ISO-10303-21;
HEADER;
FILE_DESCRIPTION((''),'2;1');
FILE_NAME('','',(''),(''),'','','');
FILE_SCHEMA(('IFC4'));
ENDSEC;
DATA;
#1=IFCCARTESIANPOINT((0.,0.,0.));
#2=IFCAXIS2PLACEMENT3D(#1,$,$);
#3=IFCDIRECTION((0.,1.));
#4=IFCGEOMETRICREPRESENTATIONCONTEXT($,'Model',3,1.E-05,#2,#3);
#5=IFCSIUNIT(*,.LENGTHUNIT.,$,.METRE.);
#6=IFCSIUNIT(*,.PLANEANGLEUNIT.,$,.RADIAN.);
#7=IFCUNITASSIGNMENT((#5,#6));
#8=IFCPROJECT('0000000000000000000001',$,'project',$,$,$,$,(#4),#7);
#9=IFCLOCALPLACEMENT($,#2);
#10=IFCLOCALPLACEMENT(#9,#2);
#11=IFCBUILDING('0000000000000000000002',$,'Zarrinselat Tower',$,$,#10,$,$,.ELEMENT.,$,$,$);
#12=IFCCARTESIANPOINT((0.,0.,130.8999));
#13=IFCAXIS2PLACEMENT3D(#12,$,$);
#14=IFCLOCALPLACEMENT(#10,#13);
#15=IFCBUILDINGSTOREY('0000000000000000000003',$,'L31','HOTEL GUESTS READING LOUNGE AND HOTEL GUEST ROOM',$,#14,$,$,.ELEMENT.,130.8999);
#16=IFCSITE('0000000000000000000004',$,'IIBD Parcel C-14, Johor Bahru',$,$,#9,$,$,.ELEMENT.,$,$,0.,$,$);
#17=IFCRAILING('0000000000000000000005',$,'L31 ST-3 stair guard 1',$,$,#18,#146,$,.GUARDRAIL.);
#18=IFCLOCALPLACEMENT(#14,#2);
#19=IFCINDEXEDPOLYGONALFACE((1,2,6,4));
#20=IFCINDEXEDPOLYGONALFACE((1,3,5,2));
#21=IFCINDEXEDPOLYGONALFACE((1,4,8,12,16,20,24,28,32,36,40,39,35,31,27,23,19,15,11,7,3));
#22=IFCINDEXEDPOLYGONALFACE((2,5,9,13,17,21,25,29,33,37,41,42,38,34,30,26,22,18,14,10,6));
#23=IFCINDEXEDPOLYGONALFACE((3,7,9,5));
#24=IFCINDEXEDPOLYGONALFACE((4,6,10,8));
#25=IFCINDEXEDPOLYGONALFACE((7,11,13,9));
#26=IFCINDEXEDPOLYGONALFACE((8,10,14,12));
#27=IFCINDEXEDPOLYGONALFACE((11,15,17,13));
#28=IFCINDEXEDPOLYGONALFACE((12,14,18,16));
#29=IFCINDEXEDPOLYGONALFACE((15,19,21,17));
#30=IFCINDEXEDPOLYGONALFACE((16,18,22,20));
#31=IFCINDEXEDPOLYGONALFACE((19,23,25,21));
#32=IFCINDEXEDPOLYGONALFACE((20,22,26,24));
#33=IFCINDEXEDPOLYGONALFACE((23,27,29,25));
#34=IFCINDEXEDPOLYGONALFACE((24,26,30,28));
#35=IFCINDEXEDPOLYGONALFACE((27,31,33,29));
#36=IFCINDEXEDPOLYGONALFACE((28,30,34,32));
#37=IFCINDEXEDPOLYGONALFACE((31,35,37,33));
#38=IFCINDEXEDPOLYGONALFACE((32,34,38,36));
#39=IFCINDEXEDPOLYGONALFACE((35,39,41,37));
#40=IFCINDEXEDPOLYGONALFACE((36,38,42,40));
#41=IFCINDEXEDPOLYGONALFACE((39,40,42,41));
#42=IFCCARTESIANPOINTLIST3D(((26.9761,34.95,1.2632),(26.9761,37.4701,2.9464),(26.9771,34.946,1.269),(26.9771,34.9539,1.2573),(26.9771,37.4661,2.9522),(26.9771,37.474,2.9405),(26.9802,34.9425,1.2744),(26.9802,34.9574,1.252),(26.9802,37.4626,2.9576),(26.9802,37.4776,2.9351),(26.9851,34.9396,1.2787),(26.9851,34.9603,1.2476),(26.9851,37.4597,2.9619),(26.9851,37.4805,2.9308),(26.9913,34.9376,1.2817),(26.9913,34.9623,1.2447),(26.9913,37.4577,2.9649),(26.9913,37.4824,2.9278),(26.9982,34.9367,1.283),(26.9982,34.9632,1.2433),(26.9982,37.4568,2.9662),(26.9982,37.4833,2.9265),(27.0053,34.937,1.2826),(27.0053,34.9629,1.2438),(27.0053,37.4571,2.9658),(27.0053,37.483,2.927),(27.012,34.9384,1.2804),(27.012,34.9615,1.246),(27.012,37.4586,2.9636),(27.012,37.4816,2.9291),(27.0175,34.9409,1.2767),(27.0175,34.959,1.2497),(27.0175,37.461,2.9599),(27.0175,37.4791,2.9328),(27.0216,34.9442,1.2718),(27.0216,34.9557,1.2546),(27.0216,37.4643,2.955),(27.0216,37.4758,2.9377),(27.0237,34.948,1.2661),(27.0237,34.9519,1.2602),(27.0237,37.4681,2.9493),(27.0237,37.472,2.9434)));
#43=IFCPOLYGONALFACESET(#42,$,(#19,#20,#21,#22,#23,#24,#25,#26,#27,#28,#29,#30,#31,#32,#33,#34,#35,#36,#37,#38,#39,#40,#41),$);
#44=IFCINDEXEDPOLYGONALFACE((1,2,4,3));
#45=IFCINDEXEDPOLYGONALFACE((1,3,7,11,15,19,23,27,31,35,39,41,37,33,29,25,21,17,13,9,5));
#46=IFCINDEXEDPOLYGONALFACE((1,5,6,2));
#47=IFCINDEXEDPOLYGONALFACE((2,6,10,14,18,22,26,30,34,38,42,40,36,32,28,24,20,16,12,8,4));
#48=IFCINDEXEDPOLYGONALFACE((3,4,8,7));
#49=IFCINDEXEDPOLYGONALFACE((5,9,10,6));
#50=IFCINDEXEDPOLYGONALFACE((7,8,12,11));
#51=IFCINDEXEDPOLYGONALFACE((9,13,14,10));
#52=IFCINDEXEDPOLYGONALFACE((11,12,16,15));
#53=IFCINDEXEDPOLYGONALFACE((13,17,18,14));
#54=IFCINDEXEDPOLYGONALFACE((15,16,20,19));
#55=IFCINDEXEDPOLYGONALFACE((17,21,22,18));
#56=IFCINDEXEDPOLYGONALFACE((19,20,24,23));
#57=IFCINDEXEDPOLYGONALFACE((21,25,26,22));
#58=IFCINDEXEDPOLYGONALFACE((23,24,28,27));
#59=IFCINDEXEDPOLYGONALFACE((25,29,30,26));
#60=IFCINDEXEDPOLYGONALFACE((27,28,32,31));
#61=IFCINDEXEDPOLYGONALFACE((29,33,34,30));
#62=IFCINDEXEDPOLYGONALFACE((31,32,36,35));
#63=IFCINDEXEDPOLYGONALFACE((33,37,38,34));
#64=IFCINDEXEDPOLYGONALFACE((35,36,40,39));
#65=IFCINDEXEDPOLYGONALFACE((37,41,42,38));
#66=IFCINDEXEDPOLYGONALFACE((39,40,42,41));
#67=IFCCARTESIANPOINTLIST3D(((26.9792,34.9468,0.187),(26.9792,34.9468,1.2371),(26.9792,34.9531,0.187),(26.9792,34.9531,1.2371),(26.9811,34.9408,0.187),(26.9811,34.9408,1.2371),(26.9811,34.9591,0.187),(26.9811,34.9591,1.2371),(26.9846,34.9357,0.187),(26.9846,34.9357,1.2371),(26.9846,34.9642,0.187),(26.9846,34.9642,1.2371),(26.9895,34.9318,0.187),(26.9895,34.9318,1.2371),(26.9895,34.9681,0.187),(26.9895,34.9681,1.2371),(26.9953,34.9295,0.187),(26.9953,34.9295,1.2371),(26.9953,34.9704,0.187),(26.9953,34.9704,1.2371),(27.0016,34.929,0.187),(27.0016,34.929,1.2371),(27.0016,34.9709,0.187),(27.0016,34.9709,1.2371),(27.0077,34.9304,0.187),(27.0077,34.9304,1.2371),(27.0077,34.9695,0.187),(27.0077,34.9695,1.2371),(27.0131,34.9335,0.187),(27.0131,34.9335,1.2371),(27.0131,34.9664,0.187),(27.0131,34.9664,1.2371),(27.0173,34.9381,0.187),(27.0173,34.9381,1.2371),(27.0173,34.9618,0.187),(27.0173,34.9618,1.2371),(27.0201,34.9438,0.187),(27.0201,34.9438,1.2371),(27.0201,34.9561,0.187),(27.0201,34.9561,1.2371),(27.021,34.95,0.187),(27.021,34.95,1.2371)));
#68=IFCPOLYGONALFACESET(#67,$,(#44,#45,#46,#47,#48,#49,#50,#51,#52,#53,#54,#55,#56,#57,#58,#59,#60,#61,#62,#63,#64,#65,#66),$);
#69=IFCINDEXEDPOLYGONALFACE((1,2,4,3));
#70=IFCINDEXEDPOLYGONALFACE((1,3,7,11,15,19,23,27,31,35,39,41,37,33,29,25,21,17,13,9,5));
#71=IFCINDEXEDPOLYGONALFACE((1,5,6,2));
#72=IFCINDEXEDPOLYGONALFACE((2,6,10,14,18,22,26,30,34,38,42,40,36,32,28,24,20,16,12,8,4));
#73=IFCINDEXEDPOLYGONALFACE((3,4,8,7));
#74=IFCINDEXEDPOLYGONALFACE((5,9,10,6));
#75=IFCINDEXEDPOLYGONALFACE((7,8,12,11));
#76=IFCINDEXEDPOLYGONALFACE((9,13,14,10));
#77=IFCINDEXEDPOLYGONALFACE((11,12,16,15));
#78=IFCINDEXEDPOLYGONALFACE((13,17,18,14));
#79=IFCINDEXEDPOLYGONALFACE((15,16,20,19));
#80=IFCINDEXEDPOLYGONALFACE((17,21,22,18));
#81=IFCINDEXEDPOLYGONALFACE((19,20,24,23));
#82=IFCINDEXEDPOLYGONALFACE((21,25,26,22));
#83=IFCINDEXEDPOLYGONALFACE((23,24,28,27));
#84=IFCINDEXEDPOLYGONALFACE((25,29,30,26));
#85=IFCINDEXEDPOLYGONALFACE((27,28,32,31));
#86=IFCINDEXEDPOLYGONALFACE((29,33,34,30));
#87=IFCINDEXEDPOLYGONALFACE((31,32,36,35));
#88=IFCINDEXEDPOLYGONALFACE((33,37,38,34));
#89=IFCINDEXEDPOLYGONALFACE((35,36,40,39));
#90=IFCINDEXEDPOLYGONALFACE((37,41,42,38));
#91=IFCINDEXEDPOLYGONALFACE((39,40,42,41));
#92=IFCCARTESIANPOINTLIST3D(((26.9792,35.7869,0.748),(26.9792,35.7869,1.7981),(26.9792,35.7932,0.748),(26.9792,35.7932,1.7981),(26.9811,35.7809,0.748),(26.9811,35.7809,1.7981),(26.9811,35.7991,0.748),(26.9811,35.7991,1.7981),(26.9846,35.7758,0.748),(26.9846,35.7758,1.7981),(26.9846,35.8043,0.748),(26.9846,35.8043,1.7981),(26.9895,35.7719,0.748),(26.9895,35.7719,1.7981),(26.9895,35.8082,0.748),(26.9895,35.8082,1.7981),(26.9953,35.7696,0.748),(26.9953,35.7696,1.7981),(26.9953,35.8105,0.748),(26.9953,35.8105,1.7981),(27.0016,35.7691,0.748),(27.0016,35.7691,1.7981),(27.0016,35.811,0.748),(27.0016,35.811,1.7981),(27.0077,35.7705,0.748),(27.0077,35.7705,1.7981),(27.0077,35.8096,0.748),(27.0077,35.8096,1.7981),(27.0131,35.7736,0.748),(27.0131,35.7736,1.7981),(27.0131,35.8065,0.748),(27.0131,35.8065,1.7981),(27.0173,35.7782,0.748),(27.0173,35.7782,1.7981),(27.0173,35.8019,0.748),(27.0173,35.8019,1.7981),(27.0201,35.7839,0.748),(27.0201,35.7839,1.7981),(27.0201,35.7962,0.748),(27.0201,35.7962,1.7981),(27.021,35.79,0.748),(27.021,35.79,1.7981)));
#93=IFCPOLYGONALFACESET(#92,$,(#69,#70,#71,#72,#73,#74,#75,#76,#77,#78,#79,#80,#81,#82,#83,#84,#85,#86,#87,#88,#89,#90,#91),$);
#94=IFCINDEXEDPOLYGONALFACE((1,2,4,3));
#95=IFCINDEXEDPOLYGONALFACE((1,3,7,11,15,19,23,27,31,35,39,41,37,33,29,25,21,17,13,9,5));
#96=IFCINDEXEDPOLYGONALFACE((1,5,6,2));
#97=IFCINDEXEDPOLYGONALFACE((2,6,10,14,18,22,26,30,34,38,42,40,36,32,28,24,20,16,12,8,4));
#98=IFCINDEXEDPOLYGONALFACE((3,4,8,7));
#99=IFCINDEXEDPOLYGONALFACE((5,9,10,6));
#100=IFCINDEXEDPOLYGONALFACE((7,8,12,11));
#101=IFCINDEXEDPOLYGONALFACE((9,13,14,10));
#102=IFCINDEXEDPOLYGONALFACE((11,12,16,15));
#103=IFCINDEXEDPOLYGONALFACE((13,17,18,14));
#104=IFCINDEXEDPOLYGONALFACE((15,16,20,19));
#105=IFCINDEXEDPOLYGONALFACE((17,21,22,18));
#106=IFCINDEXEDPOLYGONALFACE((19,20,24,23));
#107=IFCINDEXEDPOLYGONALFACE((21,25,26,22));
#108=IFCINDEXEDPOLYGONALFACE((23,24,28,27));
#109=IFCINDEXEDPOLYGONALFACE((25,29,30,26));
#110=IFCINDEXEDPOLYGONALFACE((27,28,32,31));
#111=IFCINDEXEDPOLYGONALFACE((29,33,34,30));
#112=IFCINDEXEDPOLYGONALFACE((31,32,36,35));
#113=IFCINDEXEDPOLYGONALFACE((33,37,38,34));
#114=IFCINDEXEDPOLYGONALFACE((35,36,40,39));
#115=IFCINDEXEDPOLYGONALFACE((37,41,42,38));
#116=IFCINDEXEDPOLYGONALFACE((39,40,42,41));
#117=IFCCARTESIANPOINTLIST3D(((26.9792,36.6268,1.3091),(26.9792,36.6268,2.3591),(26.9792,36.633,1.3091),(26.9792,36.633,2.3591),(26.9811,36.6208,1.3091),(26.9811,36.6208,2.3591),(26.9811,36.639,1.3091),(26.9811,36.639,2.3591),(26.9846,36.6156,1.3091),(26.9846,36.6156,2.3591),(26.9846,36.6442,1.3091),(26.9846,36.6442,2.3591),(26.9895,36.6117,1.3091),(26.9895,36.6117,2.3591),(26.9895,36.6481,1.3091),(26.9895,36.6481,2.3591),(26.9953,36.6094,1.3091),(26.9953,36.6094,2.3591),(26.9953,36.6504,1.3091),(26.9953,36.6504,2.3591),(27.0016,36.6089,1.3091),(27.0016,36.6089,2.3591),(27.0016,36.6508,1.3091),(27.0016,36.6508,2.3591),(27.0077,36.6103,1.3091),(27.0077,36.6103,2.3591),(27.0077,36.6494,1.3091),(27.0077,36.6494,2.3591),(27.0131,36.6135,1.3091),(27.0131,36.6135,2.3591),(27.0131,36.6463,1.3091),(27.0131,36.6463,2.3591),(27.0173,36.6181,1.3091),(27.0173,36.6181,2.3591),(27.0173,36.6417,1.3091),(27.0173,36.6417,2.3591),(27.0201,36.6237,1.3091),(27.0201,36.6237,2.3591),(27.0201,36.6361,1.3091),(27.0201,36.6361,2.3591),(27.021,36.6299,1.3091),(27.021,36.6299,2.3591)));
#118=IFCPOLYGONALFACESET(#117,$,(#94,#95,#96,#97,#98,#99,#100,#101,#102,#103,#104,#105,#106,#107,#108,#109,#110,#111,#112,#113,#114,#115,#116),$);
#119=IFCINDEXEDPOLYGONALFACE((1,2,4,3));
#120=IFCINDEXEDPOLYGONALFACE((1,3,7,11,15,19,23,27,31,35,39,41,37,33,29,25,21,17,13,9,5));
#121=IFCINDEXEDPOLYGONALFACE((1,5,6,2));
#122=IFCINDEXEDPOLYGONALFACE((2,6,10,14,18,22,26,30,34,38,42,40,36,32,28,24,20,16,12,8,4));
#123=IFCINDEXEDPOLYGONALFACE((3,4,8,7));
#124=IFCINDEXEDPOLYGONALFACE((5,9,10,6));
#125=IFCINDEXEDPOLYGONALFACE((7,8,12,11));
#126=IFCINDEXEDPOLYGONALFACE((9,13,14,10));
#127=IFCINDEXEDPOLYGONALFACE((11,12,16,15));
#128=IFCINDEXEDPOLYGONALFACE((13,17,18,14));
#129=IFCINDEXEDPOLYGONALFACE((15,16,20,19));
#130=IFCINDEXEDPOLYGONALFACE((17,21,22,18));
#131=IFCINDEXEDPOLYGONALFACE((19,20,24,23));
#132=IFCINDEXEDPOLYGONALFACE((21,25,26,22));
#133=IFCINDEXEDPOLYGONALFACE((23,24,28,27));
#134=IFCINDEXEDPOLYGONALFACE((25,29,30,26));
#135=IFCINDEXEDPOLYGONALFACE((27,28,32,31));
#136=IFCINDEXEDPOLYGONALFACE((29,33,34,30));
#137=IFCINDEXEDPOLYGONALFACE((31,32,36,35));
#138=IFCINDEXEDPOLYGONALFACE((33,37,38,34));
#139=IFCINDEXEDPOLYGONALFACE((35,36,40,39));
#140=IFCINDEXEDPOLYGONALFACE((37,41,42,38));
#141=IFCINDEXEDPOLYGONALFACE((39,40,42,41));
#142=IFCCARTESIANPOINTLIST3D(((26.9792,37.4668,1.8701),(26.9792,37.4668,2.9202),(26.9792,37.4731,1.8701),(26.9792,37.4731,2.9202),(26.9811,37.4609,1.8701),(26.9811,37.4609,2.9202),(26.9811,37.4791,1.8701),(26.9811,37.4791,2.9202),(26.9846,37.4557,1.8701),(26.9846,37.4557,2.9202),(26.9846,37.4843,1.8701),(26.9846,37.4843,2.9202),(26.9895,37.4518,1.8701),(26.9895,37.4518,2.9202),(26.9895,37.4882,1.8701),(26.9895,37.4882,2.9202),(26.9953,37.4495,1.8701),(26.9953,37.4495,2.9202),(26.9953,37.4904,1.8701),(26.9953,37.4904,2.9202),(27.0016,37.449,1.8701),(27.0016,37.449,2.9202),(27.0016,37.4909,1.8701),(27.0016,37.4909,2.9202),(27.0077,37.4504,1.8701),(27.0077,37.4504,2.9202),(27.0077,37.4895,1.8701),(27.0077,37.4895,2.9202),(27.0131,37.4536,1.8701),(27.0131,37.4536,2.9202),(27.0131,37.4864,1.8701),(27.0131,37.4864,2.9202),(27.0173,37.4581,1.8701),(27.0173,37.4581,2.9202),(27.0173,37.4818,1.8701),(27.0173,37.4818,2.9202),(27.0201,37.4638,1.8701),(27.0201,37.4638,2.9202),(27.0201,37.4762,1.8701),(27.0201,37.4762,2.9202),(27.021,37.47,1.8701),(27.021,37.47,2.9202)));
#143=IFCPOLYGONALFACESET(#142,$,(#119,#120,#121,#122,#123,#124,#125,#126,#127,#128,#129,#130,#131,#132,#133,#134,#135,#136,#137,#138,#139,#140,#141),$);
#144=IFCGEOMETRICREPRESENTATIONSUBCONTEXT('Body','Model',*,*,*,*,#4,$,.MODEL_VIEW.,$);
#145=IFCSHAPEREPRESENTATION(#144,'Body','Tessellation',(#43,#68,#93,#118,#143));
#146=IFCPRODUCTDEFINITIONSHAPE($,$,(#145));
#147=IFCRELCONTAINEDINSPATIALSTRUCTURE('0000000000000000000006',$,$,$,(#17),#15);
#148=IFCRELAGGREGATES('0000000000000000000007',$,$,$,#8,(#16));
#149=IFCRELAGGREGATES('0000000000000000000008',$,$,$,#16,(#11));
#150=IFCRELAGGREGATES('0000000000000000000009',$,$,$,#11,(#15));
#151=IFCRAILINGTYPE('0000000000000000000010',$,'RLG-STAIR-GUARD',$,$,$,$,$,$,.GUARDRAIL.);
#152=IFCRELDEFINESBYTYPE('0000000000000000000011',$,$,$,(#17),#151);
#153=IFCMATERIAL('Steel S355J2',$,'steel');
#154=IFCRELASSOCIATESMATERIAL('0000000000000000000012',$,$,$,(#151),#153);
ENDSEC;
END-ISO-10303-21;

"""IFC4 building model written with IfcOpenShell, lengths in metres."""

from ifc_helpers import new_model, si_unit, direction, frame, origin, origin_2d, place, context, subcontext, project, spatial, circle, extrude, material, type_object, element, save


model = new_model("IFC4")

# Units and contexts
model_context = context("Model", 3, precision=1e-05, world=origin(), true_north=direction((0.0, 1.0)))
body_context = subcontext(model_context, "Body", "Model", "MODEL_VIEW")
ifc_project = project(units=[si_unit("LENGTHUNIT", "METRE"), si_unit("PLANEANGLEUNIT", "RADIAN")], contexts=[model_context])

# Site, building, storey
site_placement = place(None, origin())
site = spatial("IfcSite", under=ifc_project, at=site_placement, Name="IIBD Parcel C-14, Johor Bahru", CompositionType="ELEMENT", RefElevation=0.0)
building_placement = place(site_placement, origin())
building = spatial("IfcBuilding", under=site, at=building_placement, Name="Zarrinselat Tower", CompositionType="ELEMENT")
storey_placement = place(building_placement, frame((0.0, 0.0, 130.8999)))
storey = spatial("IfcBuildingStorey", under=building, at=storey_placement, Name="L31", Description="HOTEL GUESTS READING LOUNGE AND HOTEL GUEST ROOM", CompositionType="ELEMENT", Elevation=130.8999)

# Railing
ifc_material_1 = material(Name="Steel S355J2", Category="steel")
railing_type = type_object("IfcRailingType", Name="RLG-STAIR-GUARD", PredefinedType="GUARDRAIL", material=ifc_material_1)
railing_1_placement = place(storey_placement, frame((27.0, 34.95, 0.187)))
element("IfcRailing", 1, at=railing_1_placement, inside=storey, type_object=railing_type, Name="L31 ST-3 stair guard 1", PredefinedType="GUARDRAIL", context=body_context, shape_type="SweptSolid", body=[
    extrude(circle(Radius=0.0239, at=origin_2d()), frame((0.0, 0.0, 1.0762), z_axis=(0.0, 0.831579, 0.555406), x_axis=(-1.0, 0.0, 0.0)), (0.0, 0.0, 1.0), 3.0305),
    extrude(circle(Radius=0.021, at=origin_2d()), origin(), (0.0, 0.0, 1.0), 1.05),
    extrude(circle(Radius=0.021, at=origin_2d()), frame((0.0, 0.8401, 0.561)), (0.0, 0.0, 1.0), 1.05),
    extrude(circle(Radius=0.021, at=origin_2d()), frame((0.0, 1.6799, 1.1221)), (0.0, 0.0, 1.0), 1.05),
    extrude(circle(Radius=0.021, at=origin_2d()), frame((0.0, 2.52, 1.6831)), (0.0, 0.0, 1.0), 1.05),
])

save(model, "model.ifc")
